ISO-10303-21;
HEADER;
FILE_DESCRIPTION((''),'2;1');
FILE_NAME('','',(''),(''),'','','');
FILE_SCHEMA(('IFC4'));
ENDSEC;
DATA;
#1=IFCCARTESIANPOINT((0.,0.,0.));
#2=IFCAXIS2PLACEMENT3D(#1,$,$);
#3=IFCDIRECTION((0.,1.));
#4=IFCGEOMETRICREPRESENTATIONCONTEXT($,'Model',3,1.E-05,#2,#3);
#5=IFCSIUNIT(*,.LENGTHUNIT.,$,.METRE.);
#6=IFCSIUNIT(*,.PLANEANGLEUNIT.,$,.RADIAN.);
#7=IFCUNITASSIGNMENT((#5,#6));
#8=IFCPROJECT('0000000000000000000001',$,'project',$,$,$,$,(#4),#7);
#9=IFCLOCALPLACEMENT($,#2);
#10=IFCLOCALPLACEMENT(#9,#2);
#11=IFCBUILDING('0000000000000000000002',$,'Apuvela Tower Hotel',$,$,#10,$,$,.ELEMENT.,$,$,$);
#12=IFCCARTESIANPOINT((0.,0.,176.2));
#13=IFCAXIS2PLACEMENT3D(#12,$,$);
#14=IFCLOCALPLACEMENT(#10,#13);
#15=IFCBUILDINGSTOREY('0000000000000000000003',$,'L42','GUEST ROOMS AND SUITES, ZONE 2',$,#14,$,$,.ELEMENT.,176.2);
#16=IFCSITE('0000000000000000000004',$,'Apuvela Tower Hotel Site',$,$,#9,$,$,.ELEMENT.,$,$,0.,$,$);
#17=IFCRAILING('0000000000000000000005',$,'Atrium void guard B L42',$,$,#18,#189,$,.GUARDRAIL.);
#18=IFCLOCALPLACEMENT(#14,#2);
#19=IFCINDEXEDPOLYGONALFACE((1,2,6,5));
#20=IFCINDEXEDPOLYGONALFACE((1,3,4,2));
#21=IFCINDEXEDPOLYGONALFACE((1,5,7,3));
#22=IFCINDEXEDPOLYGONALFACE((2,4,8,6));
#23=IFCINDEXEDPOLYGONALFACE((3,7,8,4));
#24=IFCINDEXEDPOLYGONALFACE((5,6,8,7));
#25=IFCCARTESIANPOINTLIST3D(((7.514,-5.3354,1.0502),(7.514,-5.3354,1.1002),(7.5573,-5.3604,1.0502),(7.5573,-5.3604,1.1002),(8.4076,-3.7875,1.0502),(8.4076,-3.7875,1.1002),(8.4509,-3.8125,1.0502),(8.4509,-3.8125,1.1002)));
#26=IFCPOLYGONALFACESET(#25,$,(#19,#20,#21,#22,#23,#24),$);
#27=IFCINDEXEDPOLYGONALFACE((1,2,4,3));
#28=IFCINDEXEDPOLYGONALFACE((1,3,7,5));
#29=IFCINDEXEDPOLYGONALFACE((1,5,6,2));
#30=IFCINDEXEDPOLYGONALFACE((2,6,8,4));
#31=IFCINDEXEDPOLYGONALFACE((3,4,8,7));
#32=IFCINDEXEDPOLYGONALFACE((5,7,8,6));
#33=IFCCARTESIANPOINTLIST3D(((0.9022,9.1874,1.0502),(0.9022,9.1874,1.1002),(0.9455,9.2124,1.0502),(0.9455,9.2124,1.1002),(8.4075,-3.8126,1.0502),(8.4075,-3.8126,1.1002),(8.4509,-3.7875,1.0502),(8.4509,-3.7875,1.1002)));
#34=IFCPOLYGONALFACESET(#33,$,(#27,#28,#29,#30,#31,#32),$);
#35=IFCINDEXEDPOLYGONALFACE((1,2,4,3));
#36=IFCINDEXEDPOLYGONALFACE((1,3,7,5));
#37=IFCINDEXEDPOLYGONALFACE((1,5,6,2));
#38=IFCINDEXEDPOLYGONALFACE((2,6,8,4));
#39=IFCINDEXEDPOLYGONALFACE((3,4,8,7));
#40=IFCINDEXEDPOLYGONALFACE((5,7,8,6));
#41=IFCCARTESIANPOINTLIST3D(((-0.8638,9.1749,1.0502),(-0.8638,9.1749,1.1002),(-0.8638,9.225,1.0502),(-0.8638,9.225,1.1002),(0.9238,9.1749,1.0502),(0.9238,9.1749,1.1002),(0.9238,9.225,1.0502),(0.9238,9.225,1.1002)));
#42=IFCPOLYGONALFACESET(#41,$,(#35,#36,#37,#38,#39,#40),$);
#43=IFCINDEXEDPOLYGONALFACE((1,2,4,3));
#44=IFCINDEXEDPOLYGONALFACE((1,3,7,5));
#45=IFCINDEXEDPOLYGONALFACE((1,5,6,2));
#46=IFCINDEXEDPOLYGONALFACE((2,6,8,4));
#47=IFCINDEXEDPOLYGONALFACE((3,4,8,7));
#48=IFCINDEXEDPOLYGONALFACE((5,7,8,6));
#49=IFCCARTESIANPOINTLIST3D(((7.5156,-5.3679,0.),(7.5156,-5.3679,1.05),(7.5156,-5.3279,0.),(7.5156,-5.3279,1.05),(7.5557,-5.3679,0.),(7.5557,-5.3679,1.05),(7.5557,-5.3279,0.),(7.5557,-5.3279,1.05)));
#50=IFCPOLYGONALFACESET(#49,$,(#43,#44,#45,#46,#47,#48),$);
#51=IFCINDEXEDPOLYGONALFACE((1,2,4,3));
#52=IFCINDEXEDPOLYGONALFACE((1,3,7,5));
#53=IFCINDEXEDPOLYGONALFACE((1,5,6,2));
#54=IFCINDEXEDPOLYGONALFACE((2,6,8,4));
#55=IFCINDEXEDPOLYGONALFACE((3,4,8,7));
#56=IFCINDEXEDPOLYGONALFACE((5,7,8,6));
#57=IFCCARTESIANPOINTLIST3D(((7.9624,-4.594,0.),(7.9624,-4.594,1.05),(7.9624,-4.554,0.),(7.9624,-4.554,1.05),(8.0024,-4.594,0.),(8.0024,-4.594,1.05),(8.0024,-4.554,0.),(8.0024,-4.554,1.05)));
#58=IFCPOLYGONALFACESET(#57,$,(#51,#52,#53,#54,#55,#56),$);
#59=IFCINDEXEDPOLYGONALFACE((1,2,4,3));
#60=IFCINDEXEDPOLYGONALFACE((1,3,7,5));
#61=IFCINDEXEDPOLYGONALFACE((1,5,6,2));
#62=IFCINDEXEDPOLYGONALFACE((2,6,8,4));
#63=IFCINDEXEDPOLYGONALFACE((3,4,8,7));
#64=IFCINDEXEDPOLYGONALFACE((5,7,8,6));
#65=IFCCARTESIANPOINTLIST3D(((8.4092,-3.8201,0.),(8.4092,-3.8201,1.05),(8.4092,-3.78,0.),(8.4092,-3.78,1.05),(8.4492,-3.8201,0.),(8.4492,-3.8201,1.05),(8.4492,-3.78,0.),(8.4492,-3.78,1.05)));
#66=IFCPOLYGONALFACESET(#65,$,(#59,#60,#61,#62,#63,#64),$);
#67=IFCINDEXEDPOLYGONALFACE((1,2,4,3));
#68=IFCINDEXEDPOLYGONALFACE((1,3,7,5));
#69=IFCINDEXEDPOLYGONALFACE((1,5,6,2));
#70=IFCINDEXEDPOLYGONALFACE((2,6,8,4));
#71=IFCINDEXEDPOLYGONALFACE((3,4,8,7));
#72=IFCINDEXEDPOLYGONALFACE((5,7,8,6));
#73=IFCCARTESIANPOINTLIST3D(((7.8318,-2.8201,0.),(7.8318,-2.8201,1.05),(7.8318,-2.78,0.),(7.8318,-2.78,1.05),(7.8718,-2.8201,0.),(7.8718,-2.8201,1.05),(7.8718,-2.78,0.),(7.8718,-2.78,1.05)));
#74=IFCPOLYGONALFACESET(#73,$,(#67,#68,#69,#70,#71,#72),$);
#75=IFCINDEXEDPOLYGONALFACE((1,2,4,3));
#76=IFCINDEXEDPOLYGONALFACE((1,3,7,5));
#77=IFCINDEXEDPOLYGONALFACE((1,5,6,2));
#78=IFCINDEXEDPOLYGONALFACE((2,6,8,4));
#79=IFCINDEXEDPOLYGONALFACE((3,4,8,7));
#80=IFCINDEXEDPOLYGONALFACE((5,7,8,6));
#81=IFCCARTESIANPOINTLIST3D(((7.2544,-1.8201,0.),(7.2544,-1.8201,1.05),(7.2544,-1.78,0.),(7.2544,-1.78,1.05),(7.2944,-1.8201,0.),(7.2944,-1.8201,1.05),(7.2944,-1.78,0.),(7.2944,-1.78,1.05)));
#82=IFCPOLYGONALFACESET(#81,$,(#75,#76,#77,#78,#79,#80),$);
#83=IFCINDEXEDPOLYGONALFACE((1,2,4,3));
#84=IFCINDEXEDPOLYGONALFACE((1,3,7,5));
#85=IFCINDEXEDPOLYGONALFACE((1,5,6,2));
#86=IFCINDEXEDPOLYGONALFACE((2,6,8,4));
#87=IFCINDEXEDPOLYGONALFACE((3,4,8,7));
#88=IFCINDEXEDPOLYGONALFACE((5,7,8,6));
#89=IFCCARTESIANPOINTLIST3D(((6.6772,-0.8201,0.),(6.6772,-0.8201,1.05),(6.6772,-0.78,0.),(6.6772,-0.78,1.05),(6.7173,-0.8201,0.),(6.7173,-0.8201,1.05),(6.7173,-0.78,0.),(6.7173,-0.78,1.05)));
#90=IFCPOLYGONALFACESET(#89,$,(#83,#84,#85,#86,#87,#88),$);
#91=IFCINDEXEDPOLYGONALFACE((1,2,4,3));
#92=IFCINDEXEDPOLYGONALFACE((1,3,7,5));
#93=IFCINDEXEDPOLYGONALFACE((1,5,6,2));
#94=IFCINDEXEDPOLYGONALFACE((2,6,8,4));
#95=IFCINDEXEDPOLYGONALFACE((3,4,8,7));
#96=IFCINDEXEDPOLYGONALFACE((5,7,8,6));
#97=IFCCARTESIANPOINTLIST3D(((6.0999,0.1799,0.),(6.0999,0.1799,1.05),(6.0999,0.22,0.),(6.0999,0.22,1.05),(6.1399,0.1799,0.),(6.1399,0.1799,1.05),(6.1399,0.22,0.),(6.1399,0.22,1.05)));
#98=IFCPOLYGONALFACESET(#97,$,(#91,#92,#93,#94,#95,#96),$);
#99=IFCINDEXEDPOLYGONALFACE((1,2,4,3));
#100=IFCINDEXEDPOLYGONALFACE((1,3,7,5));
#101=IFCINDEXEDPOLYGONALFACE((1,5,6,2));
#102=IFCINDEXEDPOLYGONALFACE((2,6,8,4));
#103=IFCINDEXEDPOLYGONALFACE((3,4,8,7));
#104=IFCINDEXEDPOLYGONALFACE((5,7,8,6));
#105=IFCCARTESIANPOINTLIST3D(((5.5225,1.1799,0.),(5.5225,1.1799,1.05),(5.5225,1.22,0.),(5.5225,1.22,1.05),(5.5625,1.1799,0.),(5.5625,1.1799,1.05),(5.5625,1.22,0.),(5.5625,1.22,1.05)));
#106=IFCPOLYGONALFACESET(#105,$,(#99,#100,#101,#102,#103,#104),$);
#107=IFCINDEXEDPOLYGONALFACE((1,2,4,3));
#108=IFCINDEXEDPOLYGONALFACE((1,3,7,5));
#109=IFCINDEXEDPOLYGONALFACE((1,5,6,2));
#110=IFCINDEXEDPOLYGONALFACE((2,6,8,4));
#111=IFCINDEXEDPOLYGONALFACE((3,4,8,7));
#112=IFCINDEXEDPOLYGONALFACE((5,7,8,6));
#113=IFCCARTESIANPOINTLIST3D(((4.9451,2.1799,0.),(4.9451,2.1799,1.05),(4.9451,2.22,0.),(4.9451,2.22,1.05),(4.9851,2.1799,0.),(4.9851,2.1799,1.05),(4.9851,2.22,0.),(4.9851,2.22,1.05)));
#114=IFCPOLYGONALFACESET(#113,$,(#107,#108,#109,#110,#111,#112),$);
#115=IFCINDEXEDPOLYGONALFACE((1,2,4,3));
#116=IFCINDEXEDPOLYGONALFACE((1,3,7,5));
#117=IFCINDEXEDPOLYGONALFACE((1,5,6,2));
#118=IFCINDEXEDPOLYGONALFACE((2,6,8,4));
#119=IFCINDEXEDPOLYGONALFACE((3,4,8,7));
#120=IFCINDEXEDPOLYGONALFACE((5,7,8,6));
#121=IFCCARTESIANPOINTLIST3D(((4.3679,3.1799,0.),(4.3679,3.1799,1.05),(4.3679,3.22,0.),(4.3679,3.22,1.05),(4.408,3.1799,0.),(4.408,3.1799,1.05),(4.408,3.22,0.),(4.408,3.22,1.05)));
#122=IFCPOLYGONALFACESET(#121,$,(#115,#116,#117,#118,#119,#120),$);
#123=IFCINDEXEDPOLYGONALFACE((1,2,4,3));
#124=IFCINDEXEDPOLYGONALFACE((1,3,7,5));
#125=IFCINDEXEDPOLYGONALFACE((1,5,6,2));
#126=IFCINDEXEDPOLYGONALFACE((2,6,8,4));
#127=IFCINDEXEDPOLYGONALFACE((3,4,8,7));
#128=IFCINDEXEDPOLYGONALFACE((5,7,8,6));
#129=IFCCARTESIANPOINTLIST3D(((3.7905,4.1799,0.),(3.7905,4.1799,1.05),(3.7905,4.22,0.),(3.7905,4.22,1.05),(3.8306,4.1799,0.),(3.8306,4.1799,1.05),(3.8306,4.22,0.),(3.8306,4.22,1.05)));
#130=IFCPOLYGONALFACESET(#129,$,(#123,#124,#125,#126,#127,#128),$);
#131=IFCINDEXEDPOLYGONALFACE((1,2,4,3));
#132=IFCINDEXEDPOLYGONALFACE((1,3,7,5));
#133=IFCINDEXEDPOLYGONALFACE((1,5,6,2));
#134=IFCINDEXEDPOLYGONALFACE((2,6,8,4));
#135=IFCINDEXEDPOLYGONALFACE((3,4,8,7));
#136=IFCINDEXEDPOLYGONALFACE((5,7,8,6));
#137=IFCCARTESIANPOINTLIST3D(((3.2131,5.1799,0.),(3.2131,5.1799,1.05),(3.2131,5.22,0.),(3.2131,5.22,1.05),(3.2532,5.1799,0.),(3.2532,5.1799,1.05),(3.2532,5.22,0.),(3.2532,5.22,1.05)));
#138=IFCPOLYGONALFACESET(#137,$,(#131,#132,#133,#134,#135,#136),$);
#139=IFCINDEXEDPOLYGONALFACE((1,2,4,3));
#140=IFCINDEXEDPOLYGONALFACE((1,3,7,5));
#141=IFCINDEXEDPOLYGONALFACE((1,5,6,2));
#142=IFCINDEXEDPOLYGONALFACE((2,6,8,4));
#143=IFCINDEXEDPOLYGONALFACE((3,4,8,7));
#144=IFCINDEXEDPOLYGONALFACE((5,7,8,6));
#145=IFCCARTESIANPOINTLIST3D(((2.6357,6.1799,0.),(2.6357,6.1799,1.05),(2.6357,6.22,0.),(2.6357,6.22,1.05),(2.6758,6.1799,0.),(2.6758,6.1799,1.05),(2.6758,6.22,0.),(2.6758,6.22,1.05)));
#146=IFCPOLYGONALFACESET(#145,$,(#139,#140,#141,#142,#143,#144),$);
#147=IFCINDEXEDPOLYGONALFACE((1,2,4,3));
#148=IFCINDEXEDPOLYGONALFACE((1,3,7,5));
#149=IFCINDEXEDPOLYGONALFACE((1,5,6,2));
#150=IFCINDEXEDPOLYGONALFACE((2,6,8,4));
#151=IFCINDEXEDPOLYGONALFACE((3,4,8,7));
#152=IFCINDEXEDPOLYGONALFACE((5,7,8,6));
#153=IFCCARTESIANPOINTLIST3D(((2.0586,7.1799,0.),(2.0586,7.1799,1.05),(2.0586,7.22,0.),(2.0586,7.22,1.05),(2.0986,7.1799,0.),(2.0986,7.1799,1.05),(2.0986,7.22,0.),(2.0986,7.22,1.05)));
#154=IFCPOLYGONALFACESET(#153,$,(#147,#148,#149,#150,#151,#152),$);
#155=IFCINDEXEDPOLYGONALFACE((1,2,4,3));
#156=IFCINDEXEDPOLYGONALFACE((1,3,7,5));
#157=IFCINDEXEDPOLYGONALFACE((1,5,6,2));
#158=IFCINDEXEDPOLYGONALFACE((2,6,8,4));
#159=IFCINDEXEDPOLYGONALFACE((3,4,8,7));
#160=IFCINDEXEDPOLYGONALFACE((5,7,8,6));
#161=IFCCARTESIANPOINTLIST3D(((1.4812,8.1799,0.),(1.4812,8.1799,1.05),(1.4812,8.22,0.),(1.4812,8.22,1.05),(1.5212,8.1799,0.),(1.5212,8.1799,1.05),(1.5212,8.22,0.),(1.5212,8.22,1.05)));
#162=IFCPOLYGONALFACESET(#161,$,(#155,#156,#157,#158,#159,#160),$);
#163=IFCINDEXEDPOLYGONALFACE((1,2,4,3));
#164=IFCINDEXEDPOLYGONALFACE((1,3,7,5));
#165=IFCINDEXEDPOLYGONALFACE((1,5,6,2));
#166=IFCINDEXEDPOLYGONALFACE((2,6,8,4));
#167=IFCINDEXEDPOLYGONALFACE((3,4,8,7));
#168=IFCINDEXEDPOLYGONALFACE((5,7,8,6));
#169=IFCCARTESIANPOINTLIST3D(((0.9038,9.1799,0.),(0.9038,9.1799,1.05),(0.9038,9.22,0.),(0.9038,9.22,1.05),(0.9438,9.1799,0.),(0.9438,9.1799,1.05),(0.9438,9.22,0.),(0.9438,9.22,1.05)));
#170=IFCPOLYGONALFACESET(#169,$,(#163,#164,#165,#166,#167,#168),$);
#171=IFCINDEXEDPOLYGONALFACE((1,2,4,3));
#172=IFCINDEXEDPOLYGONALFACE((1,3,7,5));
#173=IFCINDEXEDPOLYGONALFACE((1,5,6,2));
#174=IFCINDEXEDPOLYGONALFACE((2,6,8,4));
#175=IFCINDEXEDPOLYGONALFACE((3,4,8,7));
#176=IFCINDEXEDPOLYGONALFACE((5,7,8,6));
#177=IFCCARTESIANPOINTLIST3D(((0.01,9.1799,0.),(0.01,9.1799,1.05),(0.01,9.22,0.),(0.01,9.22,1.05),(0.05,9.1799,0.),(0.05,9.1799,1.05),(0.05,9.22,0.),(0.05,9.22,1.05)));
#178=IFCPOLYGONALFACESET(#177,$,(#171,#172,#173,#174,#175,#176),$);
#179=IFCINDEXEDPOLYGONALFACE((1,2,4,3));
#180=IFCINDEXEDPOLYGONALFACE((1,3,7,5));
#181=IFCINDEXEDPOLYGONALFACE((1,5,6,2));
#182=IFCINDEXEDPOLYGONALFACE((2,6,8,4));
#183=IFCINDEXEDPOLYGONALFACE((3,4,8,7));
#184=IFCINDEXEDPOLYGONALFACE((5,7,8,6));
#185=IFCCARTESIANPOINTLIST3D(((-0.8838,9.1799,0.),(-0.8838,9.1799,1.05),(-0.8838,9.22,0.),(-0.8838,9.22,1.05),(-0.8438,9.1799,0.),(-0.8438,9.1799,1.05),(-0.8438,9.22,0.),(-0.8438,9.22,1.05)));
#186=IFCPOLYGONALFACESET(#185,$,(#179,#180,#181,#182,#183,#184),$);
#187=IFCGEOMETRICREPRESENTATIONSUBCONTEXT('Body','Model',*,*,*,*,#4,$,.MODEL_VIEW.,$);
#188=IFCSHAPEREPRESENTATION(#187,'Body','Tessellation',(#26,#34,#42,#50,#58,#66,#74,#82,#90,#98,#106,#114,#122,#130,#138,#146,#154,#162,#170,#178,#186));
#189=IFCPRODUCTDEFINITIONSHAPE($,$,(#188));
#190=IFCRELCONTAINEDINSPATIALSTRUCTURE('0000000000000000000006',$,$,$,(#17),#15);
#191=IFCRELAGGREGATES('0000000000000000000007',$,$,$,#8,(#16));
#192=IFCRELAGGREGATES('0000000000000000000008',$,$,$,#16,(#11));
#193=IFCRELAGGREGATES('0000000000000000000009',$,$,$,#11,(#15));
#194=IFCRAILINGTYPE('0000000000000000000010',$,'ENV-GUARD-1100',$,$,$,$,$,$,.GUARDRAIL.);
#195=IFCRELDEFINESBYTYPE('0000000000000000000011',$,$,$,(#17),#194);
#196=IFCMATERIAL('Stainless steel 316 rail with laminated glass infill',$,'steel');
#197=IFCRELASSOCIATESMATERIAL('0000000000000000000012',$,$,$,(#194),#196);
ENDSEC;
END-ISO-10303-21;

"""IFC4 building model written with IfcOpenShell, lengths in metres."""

from ifc_helpers import new_model, si_unit, direction, frame, origin, origin_2d, place, context, subcontext, project, spatial, rectangle, extrude, material, type_object, element, save


model = new_model("IFC4")

# Units and contexts
model_context = context("Model", 3, precision=1e-05, world=origin(), true_north=direction((0.0, 1.0)))
body_context = subcontext(model_context, "Body", "Model", "MODEL_VIEW")
ifc_project = project(units=[si_unit("LENGTHUNIT", "METRE"), si_unit("PLANEANGLEUNIT", "RADIAN")], contexts=[model_context])

# Site, building, storey
site_placement = place(None, origin())
site = spatial("IfcSite", under=ifc_project, at=site_placement, Name="Apuvela Tower Hotel Site", CompositionType="ELEMENT", RefElevation=0.0)
building_placement = place(site_placement, origin())
building = spatial("IfcBuilding", under=site, at=building_placement, Name="Apuvela Tower Hotel", CompositionType="ELEMENT")
storey_placement = place(building_placement, frame((0.0, 0.0, 176.2)))
storey = spatial("IfcBuildingStorey", under=building, at=storey_placement, Name="L42", Description="GUEST ROOMS AND SUITES, ZONE 2", CompositionType="ELEMENT", Elevation=176.2)

# Railing
ifc_material_1 = material(Name="Stainless steel 316 rail with laminated glass infill", Category="steel")
railing_type_1 = type_object("IfcRailingType", Name="ENV-GUARD-1100", PredefinedType="GUARDRAIL", material=ifc_material_1)
railing_1_placement = place(storey_placement, frame((7.5356, -5.3479, 0.0)))
element("IfcRailing", 1, at=railing_1_placement, inside=storey, type_object=railing_type_1, Name="Atrium void guard B L42", PredefinedType="GUARDRAIL", context=body_context, shape_type="SweptSolid", body=[
    extrude(rectangle(XDim=0.05, YDim=0.05, at=origin_2d()), frame((0.0, 0.0, 1.0752), z_axis=(0.499959, 0.866049, 0.0), x_axis=(-0.866049, 0.499959, 0.0)), (0.0, 0.0, 1.0), 1.7874),
    extrude(rectangle(XDim=0.05, YDim=0.05, at=origin_2d()), frame((0.8936, 1.5479, 1.0752), z_axis=(-0.499991, 0.866031, 0.0), x_axis=(-0.866031, -0.499991, 0.0)), (0.0, 0.0, 1.0), 15.011),
    extrude(rectangle(XDim=0.05, YDim=0.05, at=origin_2d()), frame((-6.6118, 14.5479, 1.0752), z_axis=(-1.0, 0.0, 0.0), x_axis=(0.0, -1.0, 0.0)), (0.0, 0.0, 1.0), 1.7876),
    extrude(rectangle(XDim=0.04, YDim=0.04, at=origin_2d()), origin(), (0.0, 0.0, 1.0), 1.05),
    extrude(rectangle(XDim=0.04, YDim=0.04, at=origin_2d()), frame((0.4468, 0.7739, 0.0)), (0.0, 0.0, 1.0), 1.05),
    extrude(rectangle(XDim=0.04, YDim=0.04, at=origin_2d()), frame((0.8936, 1.5479, 0.0)), (0.0, 0.0, 1.0), 1.05),
    extrude(rectangle(XDim=0.04, YDim=0.04, at=origin_2d()), frame((0.3162, 2.5479, 0.0)), (0.0, 0.0, 1.0), 1.05),
    extrude(rectangle(XDim=0.04, YDim=0.04, at=origin_2d()), frame((-0.2612, 3.5479, 0.0)), (0.0, 0.0, 1.0), 1.05),
    extrude(rectangle(XDim=0.04, YDim=0.04, at=origin_2d()), frame((-0.8384, 4.5479, 0.0)), (0.0, 0.0, 1.0), 1.05),
    extrude(rectangle(XDim=0.04, YDim=0.04, at=origin_2d()), frame((-1.4158, 5.5479, 0.0)), (0.0, 0.0, 1.0), 1.05),
    extrude(rectangle(XDim=0.04, YDim=0.04, at=origin_2d()), frame((-1.9932, 6.5479, 0.0)), (0.0, 0.0, 1.0), 1.05),
    extrude(rectangle(XDim=0.04, YDim=0.04, at=origin_2d()), frame((-2.5706, 7.5479, 0.0)), (0.0, 0.0, 1.0), 1.05),
    extrude(rectangle(XDim=0.04, YDim=0.04, at=origin_2d()), frame((-3.1477, 8.5479, 0.0)), (0.0, 0.0, 1.0), 1.05),
    extrude(rectangle(XDim=0.04, YDim=0.04, at=origin_2d()), frame((-3.7251, 9.5479, 0.0)), (0.0, 0.0, 1.0), 1.05),
    extrude(rectangle(XDim=0.04, YDim=0.04, at=origin_2d()), frame((-4.3025, 10.5479, 0.0)), (0.0, 0.0, 1.0), 1.05),
    extrude(rectangle(XDim=0.04, YDim=0.04, at=origin_2d()), frame((-4.8799, 11.5479, 0.0)), (0.0, 0.0, 1.0), 1.05),
    extrude(rectangle(XDim=0.04, YDim=0.04, at=origin_2d()), frame((-5.457, 12.5479, 0.0)), (0.0, 0.0, 1.0), 1.05),
    extrude(rectangle(XDim=0.04, YDim=0.04, at=origin_2d()), frame((-6.0344, 13.5479, 0.0)), (0.0, 0.0, 1.0), 1.05),
    extrude(rectangle(XDim=0.04, YDim=0.04, at=origin_2d()), frame((-6.6118, 14.5479, 0.0)), (0.0, 0.0, 1.0), 1.05),
    extrude(rectangle(XDim=0.04, YDim=0.04, at=origin_2d()), frame((-7.5056, 14.5479, 0.0)), (0.0, 0.0, 1.0), 1.05),
    extrude(rectangle(XDim=0.04, YDim=0.04, at=origin_2d()), frame((-8.3994, 14.5479, 0.0)), (0.0, 0.0, 1.0), 1.05),
])

save(model, "model.ifc")
